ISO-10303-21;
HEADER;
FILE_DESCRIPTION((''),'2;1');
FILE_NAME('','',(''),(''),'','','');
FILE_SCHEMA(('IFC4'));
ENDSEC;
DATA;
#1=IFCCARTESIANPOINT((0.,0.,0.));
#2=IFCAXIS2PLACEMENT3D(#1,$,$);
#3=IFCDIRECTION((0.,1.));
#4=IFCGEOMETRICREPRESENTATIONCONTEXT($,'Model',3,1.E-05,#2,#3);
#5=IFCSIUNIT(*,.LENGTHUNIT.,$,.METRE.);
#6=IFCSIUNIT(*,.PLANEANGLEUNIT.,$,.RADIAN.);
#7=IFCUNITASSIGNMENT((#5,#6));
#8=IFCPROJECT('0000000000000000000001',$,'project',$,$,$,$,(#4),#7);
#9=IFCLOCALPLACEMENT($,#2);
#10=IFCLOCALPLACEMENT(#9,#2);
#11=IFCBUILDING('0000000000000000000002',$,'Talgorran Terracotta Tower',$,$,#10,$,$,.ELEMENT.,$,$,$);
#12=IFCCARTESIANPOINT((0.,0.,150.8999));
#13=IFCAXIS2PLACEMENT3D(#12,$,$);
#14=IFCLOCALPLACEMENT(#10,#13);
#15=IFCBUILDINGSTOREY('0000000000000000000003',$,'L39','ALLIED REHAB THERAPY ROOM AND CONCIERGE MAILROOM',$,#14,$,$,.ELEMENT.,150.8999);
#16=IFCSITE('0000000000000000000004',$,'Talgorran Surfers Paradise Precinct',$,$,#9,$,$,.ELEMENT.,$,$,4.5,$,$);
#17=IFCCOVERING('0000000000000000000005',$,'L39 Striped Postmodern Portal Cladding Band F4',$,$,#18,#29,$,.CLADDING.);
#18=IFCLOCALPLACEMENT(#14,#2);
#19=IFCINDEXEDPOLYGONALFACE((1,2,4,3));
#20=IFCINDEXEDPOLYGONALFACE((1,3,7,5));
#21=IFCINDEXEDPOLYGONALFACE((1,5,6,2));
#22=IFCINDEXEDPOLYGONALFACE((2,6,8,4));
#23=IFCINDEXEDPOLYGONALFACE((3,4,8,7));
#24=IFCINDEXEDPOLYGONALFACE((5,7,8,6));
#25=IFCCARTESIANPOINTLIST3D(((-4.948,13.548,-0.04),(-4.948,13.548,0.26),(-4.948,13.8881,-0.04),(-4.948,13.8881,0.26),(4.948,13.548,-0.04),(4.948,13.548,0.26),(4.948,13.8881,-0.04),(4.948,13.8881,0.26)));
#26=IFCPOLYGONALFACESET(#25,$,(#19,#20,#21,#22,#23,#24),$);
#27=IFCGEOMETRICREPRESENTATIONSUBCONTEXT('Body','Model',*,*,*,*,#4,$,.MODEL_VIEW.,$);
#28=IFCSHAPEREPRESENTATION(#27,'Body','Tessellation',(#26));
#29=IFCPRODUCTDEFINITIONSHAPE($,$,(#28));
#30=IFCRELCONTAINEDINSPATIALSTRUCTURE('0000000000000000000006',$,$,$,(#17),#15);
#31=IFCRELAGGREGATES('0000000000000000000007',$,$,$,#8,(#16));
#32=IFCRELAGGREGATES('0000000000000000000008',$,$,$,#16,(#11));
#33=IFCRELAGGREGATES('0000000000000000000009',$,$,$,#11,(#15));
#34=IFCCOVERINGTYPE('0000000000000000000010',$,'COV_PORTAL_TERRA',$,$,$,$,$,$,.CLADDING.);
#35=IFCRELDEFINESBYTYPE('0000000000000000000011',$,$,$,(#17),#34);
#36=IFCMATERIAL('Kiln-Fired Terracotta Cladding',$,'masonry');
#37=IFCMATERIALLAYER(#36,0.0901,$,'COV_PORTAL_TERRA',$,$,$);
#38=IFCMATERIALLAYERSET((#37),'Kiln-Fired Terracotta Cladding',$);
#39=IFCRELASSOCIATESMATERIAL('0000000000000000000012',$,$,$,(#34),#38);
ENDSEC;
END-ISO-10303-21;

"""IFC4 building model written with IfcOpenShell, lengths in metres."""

from ifc_helpers import new_model, si_unit, direction, frame, origin, origin_2d, place, context, subcontext, project, spatial, rectangle, extrude, material, layer, layer_set, type_object, element, save


model = new_model("IFC4")

# Units and contexts
model_context = context("Model", 3, precision=1e-05, world=origin(), true_north=direction((0.0, 1.0)))
body_context = subcontext(model_context, "Body", "Model", "MODEL_VIEW")
ifc_project = project(units=[si_unit("LENGTHUNIT", "METRE"), si_unit("PLANEANGLEUNIT", "RADIAN")], contexts=[model_context])

# Site, building, storey
site_placement = place(None, origin())
site = spatial("IfcSite", under=ifc_project, at=site_placement, Name="Talgorran Surfers Paradise Precinct", CompositionType="ELEMENT", RefElevation=4.5)
building_placement = place(site_placement, origin())
building = spatial("IfcBuilding", under=site, at=building_placement, Name="Talgorran Terracotta Tower", CompositionType="ELEMENT")
storey_placement = place(building_placement, frame((0.0, 0.0, 150.8999)))
storey = spatial("IfcBuildingStorey", under=building, at=storey_placement, Name="L39", Description="ALLIED REHAB THERAPY ROOM AND CONCIERGE MAILROOM", CompositionType="ELEMENT", Elevation=150.8999)

# Covering
ifc_material_1 = material(Name="Kiln-Fired Terracotta Cladding", Category="masonry")
ifc_layer_1 = layer(ifc_material_1, 0.0901, Name="COV_PORTAL_TERRA")
ifc_layer_set_1 = layer_set([ifc_layer_1], Name="Kiln-Fired Terracotta Cladding")
covering_type_1 = type_object("IfcCoveringType", Name="COV_PORTAL_TERRA", PredefinedType="CLADDING", material=ifc_layer_set_1)
covering_1_placement = place(storey_placement, frame((0.0, 13.718, -0.04), z_axis=(0.0, 0.0, 1.0), x_axis=(-1.0, 0.0, 0.0)))
element("IfcCovering", 1, at=covering_1_placement, inside=storey, type_object=covering_type_1, Name="L39 Striped Postmodern Portal Cladding Band F4", PredefinedType="CLADDING", context=body_context, shape_type="SweptSolid", body=[
    extrude(rectangle(XDim=9.896, YDim=0.3401, at=origin_2d()), origin(), (0.0, 0.0, 1.0), 0.3),
])

save(model, "model.ifc")
